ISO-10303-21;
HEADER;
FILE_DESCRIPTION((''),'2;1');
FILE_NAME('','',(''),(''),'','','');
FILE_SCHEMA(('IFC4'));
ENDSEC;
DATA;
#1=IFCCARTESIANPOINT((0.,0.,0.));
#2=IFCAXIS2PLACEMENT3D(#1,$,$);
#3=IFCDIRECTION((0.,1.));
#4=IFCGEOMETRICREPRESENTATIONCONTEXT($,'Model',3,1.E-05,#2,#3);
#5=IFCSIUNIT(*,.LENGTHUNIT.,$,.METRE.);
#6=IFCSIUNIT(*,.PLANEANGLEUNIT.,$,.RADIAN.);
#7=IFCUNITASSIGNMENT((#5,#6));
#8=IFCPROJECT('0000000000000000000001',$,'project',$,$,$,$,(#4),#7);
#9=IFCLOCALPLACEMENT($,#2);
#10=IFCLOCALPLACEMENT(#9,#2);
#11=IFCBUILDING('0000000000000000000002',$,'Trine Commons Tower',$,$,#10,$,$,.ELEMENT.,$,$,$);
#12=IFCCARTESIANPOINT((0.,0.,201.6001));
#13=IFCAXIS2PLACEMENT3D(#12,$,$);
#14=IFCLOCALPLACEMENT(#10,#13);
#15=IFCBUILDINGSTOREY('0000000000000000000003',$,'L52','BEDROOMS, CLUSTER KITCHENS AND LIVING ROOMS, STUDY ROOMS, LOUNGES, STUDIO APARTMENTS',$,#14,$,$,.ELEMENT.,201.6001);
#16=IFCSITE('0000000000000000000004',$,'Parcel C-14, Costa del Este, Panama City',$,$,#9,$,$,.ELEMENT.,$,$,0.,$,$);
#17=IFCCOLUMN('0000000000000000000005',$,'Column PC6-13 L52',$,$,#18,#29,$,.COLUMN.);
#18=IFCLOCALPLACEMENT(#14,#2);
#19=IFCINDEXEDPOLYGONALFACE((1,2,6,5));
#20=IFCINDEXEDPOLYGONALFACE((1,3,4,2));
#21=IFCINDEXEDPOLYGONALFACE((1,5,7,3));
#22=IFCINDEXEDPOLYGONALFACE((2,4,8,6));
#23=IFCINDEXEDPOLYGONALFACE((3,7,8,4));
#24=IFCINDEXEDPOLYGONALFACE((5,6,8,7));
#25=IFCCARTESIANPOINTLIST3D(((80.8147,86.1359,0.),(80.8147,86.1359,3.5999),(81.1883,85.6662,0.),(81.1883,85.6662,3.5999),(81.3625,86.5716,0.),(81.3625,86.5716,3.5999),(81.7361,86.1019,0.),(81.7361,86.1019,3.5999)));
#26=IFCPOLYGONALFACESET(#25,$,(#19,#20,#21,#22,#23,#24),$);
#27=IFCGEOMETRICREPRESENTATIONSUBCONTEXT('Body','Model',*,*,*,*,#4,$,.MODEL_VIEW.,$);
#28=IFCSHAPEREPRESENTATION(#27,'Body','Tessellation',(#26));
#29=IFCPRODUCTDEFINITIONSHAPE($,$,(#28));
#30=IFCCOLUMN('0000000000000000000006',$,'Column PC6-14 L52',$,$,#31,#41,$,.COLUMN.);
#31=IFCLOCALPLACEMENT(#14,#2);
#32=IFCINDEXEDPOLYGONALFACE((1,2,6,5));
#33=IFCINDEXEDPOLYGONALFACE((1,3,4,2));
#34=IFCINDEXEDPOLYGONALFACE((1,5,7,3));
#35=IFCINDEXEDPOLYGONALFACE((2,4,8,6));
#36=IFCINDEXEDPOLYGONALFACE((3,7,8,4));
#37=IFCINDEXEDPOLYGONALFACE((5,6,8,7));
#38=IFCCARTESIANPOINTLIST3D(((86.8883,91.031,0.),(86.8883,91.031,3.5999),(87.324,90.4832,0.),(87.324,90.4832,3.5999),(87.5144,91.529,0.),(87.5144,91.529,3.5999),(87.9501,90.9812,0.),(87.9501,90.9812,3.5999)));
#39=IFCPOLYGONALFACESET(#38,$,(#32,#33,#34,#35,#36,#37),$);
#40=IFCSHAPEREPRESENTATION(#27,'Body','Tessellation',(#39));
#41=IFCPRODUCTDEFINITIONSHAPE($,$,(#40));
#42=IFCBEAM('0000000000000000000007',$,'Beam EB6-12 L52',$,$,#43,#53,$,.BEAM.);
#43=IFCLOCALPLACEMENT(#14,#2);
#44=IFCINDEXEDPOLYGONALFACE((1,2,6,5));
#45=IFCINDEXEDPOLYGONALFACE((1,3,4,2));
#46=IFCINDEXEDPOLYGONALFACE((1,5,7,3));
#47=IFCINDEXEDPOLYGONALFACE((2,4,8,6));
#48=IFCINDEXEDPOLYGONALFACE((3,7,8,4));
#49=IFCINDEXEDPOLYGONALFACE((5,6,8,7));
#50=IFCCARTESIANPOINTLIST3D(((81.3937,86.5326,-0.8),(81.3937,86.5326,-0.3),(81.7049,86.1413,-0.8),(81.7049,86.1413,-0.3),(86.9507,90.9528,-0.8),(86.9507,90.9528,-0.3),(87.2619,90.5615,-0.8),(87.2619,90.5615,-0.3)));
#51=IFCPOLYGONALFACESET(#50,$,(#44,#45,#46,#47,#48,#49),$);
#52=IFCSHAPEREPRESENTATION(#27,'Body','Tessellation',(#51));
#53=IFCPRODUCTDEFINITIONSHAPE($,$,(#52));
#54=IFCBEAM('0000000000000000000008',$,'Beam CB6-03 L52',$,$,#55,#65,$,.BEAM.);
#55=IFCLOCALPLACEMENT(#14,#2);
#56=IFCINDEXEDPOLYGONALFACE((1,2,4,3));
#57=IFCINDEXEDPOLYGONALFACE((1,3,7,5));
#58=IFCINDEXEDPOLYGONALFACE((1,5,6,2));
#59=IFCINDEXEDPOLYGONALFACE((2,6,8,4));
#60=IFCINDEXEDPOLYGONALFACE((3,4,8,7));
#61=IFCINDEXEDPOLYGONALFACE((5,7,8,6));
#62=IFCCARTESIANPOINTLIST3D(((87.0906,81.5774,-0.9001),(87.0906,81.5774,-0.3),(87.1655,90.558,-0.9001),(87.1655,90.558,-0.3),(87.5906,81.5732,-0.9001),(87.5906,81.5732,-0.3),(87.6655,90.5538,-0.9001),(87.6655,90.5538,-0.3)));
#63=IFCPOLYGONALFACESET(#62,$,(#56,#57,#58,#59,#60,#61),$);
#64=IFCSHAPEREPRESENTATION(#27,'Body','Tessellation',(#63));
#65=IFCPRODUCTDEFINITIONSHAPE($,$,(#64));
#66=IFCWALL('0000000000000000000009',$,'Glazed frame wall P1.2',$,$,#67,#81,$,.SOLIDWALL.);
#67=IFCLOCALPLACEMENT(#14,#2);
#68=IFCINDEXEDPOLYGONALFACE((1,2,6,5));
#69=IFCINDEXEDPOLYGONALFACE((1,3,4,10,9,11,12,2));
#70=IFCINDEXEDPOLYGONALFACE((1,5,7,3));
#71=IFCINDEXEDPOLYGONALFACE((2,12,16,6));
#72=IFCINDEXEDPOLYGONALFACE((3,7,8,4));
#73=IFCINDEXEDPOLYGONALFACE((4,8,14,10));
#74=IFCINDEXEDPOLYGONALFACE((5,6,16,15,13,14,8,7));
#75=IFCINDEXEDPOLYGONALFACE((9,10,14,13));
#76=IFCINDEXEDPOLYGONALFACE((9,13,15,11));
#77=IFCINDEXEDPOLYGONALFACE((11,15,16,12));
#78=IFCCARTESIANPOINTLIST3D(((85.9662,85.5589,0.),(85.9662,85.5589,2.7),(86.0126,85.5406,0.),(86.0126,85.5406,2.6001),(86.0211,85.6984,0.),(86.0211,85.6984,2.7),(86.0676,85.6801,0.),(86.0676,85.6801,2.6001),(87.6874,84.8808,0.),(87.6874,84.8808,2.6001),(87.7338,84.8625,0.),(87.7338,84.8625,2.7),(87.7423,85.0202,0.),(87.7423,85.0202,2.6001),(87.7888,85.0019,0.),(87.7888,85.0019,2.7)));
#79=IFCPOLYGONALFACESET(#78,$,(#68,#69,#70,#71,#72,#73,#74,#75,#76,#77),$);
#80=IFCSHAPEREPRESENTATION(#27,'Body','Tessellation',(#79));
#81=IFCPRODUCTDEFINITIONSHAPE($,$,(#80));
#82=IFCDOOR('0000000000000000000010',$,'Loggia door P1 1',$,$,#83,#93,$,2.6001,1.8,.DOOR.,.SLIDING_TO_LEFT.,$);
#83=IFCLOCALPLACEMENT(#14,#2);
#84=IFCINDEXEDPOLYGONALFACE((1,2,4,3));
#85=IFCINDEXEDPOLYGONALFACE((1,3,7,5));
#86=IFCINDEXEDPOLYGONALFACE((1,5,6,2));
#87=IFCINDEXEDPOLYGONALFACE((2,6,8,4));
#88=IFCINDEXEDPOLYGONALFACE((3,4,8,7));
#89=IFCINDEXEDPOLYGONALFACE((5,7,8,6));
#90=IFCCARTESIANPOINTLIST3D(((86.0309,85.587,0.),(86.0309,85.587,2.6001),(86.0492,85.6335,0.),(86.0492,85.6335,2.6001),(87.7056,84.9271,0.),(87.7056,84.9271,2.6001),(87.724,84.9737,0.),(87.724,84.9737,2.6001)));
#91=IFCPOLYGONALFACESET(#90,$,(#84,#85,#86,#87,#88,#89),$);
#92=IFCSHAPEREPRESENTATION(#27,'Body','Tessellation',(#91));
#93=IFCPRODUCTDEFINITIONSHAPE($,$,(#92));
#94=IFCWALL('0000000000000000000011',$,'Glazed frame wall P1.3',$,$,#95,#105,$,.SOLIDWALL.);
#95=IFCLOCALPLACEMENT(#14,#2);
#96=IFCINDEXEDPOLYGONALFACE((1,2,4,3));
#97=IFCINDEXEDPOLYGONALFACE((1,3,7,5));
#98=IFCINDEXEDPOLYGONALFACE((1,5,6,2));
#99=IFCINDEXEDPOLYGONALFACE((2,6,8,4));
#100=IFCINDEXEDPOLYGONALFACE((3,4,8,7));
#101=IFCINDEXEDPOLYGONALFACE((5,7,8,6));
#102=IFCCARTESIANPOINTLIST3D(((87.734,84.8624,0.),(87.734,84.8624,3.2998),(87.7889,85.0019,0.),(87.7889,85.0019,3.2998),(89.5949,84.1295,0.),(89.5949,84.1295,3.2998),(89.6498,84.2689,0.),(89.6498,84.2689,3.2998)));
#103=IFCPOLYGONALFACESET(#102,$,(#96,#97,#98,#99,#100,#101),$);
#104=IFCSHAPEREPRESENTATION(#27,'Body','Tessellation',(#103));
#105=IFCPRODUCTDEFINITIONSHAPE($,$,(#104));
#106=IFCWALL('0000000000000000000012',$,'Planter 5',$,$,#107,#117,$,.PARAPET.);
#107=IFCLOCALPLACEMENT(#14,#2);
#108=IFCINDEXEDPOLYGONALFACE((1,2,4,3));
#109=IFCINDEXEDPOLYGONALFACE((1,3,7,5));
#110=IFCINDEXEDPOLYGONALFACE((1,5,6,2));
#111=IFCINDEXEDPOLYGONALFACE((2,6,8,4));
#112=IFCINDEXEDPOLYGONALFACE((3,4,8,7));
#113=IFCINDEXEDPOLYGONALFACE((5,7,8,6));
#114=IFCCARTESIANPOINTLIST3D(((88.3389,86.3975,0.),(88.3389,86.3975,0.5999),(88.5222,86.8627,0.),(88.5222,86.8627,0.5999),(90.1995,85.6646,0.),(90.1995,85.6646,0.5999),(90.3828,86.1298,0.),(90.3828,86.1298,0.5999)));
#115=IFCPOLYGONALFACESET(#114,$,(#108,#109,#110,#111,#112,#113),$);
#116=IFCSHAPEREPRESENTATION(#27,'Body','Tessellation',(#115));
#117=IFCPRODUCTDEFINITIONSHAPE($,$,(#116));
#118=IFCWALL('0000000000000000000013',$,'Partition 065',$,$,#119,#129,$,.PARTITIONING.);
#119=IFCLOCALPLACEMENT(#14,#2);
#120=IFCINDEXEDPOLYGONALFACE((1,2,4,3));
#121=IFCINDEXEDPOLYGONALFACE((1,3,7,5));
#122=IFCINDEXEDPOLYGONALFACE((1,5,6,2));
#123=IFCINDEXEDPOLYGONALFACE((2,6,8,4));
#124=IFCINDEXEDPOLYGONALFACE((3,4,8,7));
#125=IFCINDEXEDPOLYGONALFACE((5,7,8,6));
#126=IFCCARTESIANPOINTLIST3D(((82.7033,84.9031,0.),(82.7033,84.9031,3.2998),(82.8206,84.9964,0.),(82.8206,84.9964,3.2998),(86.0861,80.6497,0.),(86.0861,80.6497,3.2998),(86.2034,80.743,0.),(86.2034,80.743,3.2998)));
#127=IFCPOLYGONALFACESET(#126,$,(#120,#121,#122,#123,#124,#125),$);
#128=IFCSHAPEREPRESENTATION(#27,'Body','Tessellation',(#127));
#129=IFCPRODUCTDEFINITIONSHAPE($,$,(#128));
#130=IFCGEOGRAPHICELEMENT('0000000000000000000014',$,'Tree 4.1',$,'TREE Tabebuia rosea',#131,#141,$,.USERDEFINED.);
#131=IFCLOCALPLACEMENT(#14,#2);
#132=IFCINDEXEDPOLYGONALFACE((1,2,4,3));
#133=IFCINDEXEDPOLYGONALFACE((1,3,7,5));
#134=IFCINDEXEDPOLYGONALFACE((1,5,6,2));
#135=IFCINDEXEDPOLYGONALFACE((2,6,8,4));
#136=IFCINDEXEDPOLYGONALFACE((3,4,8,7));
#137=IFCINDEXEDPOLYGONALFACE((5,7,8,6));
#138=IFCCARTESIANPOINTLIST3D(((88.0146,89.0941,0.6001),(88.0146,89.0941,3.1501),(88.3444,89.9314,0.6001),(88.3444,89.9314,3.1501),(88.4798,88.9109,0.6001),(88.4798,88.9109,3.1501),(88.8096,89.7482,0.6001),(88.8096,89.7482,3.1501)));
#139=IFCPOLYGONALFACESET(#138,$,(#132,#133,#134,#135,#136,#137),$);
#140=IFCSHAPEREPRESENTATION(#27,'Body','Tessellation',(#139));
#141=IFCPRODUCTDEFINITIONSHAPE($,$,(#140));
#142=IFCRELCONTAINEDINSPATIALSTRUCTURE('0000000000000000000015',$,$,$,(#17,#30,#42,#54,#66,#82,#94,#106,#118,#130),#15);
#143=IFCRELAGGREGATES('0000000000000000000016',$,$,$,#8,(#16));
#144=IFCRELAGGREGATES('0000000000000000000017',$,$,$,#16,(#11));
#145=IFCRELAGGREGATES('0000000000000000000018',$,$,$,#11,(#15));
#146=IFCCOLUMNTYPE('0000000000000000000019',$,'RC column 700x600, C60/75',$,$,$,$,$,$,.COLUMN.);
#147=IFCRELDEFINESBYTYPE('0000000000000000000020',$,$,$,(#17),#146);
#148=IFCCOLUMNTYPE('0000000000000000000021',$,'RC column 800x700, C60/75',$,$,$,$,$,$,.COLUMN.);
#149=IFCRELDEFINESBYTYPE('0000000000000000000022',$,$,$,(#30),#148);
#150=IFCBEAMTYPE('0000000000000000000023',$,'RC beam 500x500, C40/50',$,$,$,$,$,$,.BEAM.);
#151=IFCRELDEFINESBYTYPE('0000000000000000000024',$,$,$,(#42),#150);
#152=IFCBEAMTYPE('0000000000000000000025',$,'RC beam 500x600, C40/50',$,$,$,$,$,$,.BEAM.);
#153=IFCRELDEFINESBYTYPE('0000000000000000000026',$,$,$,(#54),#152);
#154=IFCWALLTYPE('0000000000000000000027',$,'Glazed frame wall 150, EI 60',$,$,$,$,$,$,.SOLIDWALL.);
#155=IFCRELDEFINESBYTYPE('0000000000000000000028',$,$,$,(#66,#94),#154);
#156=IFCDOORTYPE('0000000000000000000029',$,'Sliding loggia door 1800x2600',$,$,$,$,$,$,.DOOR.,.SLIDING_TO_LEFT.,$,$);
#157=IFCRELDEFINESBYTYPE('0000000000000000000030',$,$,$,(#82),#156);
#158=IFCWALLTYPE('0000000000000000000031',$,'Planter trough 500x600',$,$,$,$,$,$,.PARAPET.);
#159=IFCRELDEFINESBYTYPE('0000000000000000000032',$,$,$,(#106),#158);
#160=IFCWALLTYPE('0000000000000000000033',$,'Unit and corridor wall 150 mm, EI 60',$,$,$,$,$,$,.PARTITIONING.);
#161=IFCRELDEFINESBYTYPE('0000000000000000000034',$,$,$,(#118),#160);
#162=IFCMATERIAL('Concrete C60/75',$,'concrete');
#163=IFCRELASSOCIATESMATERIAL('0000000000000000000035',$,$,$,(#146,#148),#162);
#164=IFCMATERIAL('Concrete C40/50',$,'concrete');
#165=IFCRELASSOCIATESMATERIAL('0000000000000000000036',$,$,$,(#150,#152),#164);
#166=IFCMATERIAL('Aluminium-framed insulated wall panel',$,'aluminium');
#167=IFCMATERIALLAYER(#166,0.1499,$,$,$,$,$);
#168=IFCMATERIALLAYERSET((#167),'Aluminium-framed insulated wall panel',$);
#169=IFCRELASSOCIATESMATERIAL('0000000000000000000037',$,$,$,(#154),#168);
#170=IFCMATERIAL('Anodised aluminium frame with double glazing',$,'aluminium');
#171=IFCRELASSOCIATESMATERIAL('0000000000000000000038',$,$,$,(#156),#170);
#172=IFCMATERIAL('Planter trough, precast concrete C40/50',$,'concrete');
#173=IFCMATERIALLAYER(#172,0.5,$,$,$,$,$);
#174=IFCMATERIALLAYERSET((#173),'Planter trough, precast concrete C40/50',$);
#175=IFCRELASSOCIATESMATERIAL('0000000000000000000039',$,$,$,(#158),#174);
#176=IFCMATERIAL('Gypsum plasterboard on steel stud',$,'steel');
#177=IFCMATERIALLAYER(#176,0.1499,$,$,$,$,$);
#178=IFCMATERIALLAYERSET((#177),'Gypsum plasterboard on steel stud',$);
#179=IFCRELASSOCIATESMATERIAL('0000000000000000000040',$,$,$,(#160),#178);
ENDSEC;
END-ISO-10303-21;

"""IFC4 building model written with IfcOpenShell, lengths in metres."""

from ifc_helpers import new_model, si_unit, direction, frame, frame_2d, origin, origin_2d, place, context, subcontext, project, spatial, polyline, rectangle, outline, extrude, material, layer, layer_set, material_profile, profile_set, type_object, element, fill, save


model = new_model("IFC4")

# Units and contexts
model_context = context("Model", 3, precision=1e-05, world=origin(), true_north=direction((0.0, 1.0)))
body_context = subcontext(model_context, "Body", "Model", "MODEL_VIEW")
ifc_project = project(units=[si_unit("LENGTHUNIT", "METRE"), si_unit("PLANEANGLEUNIT", "RADIAN")], contexts=[model_context])

# Site, building, storey
site_placement = place(None, origin())
site = spatial("IfcSite", under=ifc_project, at=site_placement, Name="Parcel C-14, Costa del Este, Panama City", CompositionType="ELEMENT", RefElevation=0.0)
building_placement = place(site_placement, origin())
building = spatial("IfcBuilding", under=site, at=building_placement, Name="Trine Commons Tower", CompositionType="ELEMENT")
storey_placement = place(building_placement, frame((0.0, 0.0, 201.6001)))
storey = spatial("IfcBuildingStorey", under=building, at=storey_placement, Name="L52", Description="BEDROOMS, CLUSTER KITCHENS AND LIVING ROOMS, STUDY ROOMS, LOUNGES, STUDIO APARTMENTS", CompositionType="ELEMENT", Elevation=201.6001)

# Columns
ifc_material_1 = material(Name="Concrete C60/75", Category="concrete")
ifc_material_profile_1 = material_profile(ifc_material_1, rectangle(XDim=0.7, YDim=0.6001, at=origin_2d()), Name="RC 700x600")
ifc_profile_set_1 = profile_set([ifc_material_profile_1], Name="Concrete C60/75")
column_type_1 = type_object("IfcColumnType", Name="RC column 700x600, C60/75", PredefinedType="COLUMN", material=ifc_profile_set_1)
column_1_placement = place(storey_placement, frame((81.2754, 86.1189, 0.0), z_axis=(0.0, 0.0, 1.0), x_axis=(0.782608, 0.622515, 0.0)))
element("IfcColumn", 1, at=column_1_placement, inside=storey, type_object=column_type_1, Name="Column PC6-13 L52", PredefinedType="COLUMN", context=body_context, shape_type="SweptSolid", body=[
    extrude(rectangle(XDim=0.7, YDim=0.6001, at=origin_2d()), origin(), (0.0, 0.0, 1.0), 3.5999),
])
ifc_material_profile_2 = material_profile(ifc_material_1, rectangle(XDim=0.8, YDim=0.7, at=origin_2d()), Name="RC 800x700")
ifc_profile_set_2 = profile_set([ifc_material_profile_2], Name="Concrete C60/75")
column_type_2 = type_object("IfcColumnType", Name="RC column 800x700, C60/75", PredefinedType="COLUMN", material=ifc_profile_set_2)
column_2_placement = place(storey_placement, frame((87.4192, 91.0061, 0.0), z_axis=(0.0, 0.0, 1.0), x_axis=(0.782608, 0.622515, 0.0)))
element("IfcColumn", 2, at=column_2_placement, inside=storey, type_object=column_type_2, Name="Column PC6-14 L52", PredefinedType="COLUMN", context=body_context, shape_type="SweptSolid", body=[
    extrude(rectangle(XDim=0.8, YDim=0.7, at=origin_2d()), origin(), (0.0, 0.0, 1.0), 3.5999),
])

# Beams
ifc_material_2 = material(Name="Concrete C40/50", Category="concrete")
ifc_material_profile_3 = material_profile(ifc_material_2, rectangle(XDim=0.5, YDim=0.5, at=origin_2d()), Name="RC 500x500")
ifc_profile_set_3 = profile_set([ifc_material_profile_3], Name="Concrete C40/50")
beam_type_1 = type_object("IfcBeamType", Name="RC beam 500x500, C40/50", PredefinedType="BEAM", material=ifc_profile_set_3)
beam_1_placement = place(storey_placement, frame((81.5493, 86.3369, -0.55), z_axis=(0.782607, 0.622516, 0.0), x_axis=(-0.622516, 0.782607, 0.0)))
element("IfcBeam", 3, at=beam_1_placement, inside=storey, type_object=beam_type_1, Name="Beam EB6-12 L52", PredefinedType="BEAM", context=body_context, shape_type="SweptSolid", body=[
    extrude(rectangle(XDim=0.5, YDim=0.5, at=origin_2d()), origin(), (0.0, 0.0, 1.0), 7.1006),
])
ifc_material_profile_4 = material_profile(ifc_material_2, rectangle(XDim=0.5, YDim=0.6001, at=origin_2d()), Name="RC 500x600")
ifc_profile_set_4 = profile_set([ifc_material_profile_4], Name="Concrete C40/50")
beam_type_2 = type_object("IfcBeamType", Name="RC beam 500x600, C40/50", PredefinedType="BEAM", material=ifc_profile_set_4)
beam_2_placement = place(storey_placement, frame((87.4155, 90.5559, -0.6001), z_axis=(-0.008346, -0.999965, 0.0), x_axis=(0.999965, -0.008346, 0.0)))
element("IfcBeam", 4, at=beam_2_placement, inside=storey, type_object=beam_type_2, Name="Beam CB6-03 L52", PredefinedType="BEAM", context=body_context, shape_type="SweptSolid", body=[
    extrude(rectangle(XDim=0.5, YDim=0.6001, at=origin_2d()), origin(), (0.0, 0.0, 1.0), 8.981),
])

# Shared definitions
ifc_material_3 = material(Name="Aluminium-framed insulated wall panel", Category="aluminium")
ifc_layer_1 = layer(ifc_material_3, 0.1499)
ifc_layer_set_1 = layer_set([ifc_layer_1], Name="Aluminium-framed insulated wall panel")
wall_type_1 = type_object("IfcWallType", Name="Glazed frame wall 150, EI 60", PredefinedType="SOLIDWALL", material=ifc_layer_set_1)

# Wall, opening, door
wall_1_placement = place(storey_placement, frame((85.9937, 85.6287, 0.0), z_axis=(0.0, 0.0, 1.0), x_axis=(0.930387, -0.366578, 0.0)))
wall_1 = element("IfcWall", 5, at=wall_1_placement, inside=storey, type_object=wall_type_1, Name="Glazed frame wall P1.2", PredefinedType="SOLIDWALL", context=body_context, shape_type="SweptSolid", body=[
    extrude(outline(polyline([(0.0, -0.075), (1.8999, -0.075), (1.8999, 0.075), (0.0, 0.075), (0.0, -0.075)])), origin(), (0.0, 0.0, 1.0), 2.7),
])
opening_placement = place(wall_1_placement, frame((0.05, 0.0, 0.0)))
opening = element("IfcOpeningElement", 6, at=opening_placement, cuts=wall_1, PredefinedType="OPENING", context=body_context, shape_type="SweptSolid", body=[
    extrude(rectangle(XDim=1.8, YDim=2.6001, at=frame_2d((0.8999, 1.3))), frame((0.0, 0.085, 0.0), z_axis=(0.0, -1.0, 0.0), x_axis=(1.0, 0.0, 0.0)), (0.0, 0.0, 1.0), 0.1699),
])
ifc_material_4 = material(Name="Anodised aluminium frame with double glazing", Category="aluminium")
door_type = type_object("IfcDoorType", Name="Sliding loggia door 1800x2600", OperationType="SLIDING_TO_LEFT", PredefinedType="DOOR", material=ifc_material_4)
door_placement = place(opening_placement, origin())
door = element("IfcDoor", 7, at=door_placement, inside=storey, type_object=door_type, Name="Loggia door P1 1", OperationType="SLIDING_TO_LEFT", OverallHeight=2.6001, OverallWidth=1.8, PredefinedType="DOOR", context=body_context, shape_type="SweptSolid", body=[
    extrude(rectangle(XDim=1.8, YDim=2.6001, at=frame_2d((0.8999, 1.3))), frame((0.0, 0.0249, 0.0), z_axis=(0.0, -1.0, 0.0), x_axis=(1.0, 0.0, 0.0)), (0.0, 0.0, 1.0), 0.05),
])
fill(opening, door)

# Walls
wall_2_placement = place(storey_placement, frame((87.7615, 84.9321, 0.0), z_axis=(0.0, 0.0, 1.0), x_axis=(0.930434, -0.36646, 0.0)))
element("IfcWall", 8, at=wall_2_placement, inside=storey, type_object=wall_type_1, Name="Glazed frame wall P1.3", PredefinedType="SOLIDWALL", context=body_context, shape_type="SweptSolid", body=[
    extrude(outline(polyline([(0.0, -0.075), (2.0, -0.075), (2.0, 0.075), (0.0, 0.075), (0.0, -0.075)])), origin(), (0.0, 0.0, 1.0), 3.2998),
])
ifc_material_5 = material(Name="Planter trough, precast concrete C40/50", Category="concrete")
ifc_layer_2 = layer(ifc_material_5, 0.5)
ifc_layer_set_2 = layer_set([ifc_layer_2], Name="Planter trough, precast concrete C40/50")
wall_type_2 = type_object("IfcWallType", Name="Planter trough 500x600", PredefinedType="PARAPET", material=ifc_layer_set_2)
wall_3_placement = place(storey_placement, frame((88.4304, 86.6301, 0.0), z_axis=(0.0, 0.0, 1.0), x_axis=(0.930417, -0.366502, 0.0)))
element("IfcWall", 9, at=wall_3_placement, inside=storey, type_object=wall_type_2, Name="Planter 5", PredefinedType="PARAPET", context=body_context, shape_type="SweptSolid", body=[
    extrude(rectangle(XDim=1.9998, YDim=0.5, at=frame_2d((1.0, 0.0))), origin(), (0.0, 0.0, 1.0), 0.5999),
])
ifc_material_6 = material(Name="Gypsum plasterboard on steel stud", Category="steel")
ifc_layer_3 = layer(ifc_material_6, 0.1499)
ifc_layer_set_3 = layer_set([ifc_layer_3], Name="Gypsum plasterboard on steel stud")
wall_type_3 = type_object("IfcWallType", Name="Unit and corridor wall 150 mm, EI 60", PredefinedType="PARTITIONING", material=ifc_layer_set_3)
wall_4_placement = place(storey_placement, frame((82.762, 84.9497, 0.0), z_axis=(0.0, 0.0, 1.0), x_axis=(0.622457, -0.782654, 0.0)))
element("IfcWall", 10, at=wall_4_placement, inside=storey, type_object=wall_type_3, Name="Partition 065", PredefinedType="PARTITIONING", context=body_context, shape_type="SweptSolid", body=[
    extrude(rectangle(XDim=5.4346, YDim=0.1499, at=frame_2d((2.7173, 0.0))), origin(), (0.0, 0.0, 1.0), 3.2998),
])

# Geographic element
geographic_element_placement = place(storey_placement, frame((88.4121, 89.4211, 0.6001), z_axis=(0.0, 0.0, 1.0), x_axis=(-0.366495, -0.93042, 0.0)))
element("IfcGeographicElement", 11, at=geographic_element_placement, inside=storey, Name="Tree 4.1", ObjectType="TREE Tabebuia rosea", PredefinedType="USERDEFINED", context=body_context, shape_type="SweptSolid", body=[
    extrude(rectangle(XDim=0.8999, YDim=0.5, at=origin_2d()), origin(), (0.0, 0.0, 1.0), 2.55),
])

save(model, "model.ifc")
